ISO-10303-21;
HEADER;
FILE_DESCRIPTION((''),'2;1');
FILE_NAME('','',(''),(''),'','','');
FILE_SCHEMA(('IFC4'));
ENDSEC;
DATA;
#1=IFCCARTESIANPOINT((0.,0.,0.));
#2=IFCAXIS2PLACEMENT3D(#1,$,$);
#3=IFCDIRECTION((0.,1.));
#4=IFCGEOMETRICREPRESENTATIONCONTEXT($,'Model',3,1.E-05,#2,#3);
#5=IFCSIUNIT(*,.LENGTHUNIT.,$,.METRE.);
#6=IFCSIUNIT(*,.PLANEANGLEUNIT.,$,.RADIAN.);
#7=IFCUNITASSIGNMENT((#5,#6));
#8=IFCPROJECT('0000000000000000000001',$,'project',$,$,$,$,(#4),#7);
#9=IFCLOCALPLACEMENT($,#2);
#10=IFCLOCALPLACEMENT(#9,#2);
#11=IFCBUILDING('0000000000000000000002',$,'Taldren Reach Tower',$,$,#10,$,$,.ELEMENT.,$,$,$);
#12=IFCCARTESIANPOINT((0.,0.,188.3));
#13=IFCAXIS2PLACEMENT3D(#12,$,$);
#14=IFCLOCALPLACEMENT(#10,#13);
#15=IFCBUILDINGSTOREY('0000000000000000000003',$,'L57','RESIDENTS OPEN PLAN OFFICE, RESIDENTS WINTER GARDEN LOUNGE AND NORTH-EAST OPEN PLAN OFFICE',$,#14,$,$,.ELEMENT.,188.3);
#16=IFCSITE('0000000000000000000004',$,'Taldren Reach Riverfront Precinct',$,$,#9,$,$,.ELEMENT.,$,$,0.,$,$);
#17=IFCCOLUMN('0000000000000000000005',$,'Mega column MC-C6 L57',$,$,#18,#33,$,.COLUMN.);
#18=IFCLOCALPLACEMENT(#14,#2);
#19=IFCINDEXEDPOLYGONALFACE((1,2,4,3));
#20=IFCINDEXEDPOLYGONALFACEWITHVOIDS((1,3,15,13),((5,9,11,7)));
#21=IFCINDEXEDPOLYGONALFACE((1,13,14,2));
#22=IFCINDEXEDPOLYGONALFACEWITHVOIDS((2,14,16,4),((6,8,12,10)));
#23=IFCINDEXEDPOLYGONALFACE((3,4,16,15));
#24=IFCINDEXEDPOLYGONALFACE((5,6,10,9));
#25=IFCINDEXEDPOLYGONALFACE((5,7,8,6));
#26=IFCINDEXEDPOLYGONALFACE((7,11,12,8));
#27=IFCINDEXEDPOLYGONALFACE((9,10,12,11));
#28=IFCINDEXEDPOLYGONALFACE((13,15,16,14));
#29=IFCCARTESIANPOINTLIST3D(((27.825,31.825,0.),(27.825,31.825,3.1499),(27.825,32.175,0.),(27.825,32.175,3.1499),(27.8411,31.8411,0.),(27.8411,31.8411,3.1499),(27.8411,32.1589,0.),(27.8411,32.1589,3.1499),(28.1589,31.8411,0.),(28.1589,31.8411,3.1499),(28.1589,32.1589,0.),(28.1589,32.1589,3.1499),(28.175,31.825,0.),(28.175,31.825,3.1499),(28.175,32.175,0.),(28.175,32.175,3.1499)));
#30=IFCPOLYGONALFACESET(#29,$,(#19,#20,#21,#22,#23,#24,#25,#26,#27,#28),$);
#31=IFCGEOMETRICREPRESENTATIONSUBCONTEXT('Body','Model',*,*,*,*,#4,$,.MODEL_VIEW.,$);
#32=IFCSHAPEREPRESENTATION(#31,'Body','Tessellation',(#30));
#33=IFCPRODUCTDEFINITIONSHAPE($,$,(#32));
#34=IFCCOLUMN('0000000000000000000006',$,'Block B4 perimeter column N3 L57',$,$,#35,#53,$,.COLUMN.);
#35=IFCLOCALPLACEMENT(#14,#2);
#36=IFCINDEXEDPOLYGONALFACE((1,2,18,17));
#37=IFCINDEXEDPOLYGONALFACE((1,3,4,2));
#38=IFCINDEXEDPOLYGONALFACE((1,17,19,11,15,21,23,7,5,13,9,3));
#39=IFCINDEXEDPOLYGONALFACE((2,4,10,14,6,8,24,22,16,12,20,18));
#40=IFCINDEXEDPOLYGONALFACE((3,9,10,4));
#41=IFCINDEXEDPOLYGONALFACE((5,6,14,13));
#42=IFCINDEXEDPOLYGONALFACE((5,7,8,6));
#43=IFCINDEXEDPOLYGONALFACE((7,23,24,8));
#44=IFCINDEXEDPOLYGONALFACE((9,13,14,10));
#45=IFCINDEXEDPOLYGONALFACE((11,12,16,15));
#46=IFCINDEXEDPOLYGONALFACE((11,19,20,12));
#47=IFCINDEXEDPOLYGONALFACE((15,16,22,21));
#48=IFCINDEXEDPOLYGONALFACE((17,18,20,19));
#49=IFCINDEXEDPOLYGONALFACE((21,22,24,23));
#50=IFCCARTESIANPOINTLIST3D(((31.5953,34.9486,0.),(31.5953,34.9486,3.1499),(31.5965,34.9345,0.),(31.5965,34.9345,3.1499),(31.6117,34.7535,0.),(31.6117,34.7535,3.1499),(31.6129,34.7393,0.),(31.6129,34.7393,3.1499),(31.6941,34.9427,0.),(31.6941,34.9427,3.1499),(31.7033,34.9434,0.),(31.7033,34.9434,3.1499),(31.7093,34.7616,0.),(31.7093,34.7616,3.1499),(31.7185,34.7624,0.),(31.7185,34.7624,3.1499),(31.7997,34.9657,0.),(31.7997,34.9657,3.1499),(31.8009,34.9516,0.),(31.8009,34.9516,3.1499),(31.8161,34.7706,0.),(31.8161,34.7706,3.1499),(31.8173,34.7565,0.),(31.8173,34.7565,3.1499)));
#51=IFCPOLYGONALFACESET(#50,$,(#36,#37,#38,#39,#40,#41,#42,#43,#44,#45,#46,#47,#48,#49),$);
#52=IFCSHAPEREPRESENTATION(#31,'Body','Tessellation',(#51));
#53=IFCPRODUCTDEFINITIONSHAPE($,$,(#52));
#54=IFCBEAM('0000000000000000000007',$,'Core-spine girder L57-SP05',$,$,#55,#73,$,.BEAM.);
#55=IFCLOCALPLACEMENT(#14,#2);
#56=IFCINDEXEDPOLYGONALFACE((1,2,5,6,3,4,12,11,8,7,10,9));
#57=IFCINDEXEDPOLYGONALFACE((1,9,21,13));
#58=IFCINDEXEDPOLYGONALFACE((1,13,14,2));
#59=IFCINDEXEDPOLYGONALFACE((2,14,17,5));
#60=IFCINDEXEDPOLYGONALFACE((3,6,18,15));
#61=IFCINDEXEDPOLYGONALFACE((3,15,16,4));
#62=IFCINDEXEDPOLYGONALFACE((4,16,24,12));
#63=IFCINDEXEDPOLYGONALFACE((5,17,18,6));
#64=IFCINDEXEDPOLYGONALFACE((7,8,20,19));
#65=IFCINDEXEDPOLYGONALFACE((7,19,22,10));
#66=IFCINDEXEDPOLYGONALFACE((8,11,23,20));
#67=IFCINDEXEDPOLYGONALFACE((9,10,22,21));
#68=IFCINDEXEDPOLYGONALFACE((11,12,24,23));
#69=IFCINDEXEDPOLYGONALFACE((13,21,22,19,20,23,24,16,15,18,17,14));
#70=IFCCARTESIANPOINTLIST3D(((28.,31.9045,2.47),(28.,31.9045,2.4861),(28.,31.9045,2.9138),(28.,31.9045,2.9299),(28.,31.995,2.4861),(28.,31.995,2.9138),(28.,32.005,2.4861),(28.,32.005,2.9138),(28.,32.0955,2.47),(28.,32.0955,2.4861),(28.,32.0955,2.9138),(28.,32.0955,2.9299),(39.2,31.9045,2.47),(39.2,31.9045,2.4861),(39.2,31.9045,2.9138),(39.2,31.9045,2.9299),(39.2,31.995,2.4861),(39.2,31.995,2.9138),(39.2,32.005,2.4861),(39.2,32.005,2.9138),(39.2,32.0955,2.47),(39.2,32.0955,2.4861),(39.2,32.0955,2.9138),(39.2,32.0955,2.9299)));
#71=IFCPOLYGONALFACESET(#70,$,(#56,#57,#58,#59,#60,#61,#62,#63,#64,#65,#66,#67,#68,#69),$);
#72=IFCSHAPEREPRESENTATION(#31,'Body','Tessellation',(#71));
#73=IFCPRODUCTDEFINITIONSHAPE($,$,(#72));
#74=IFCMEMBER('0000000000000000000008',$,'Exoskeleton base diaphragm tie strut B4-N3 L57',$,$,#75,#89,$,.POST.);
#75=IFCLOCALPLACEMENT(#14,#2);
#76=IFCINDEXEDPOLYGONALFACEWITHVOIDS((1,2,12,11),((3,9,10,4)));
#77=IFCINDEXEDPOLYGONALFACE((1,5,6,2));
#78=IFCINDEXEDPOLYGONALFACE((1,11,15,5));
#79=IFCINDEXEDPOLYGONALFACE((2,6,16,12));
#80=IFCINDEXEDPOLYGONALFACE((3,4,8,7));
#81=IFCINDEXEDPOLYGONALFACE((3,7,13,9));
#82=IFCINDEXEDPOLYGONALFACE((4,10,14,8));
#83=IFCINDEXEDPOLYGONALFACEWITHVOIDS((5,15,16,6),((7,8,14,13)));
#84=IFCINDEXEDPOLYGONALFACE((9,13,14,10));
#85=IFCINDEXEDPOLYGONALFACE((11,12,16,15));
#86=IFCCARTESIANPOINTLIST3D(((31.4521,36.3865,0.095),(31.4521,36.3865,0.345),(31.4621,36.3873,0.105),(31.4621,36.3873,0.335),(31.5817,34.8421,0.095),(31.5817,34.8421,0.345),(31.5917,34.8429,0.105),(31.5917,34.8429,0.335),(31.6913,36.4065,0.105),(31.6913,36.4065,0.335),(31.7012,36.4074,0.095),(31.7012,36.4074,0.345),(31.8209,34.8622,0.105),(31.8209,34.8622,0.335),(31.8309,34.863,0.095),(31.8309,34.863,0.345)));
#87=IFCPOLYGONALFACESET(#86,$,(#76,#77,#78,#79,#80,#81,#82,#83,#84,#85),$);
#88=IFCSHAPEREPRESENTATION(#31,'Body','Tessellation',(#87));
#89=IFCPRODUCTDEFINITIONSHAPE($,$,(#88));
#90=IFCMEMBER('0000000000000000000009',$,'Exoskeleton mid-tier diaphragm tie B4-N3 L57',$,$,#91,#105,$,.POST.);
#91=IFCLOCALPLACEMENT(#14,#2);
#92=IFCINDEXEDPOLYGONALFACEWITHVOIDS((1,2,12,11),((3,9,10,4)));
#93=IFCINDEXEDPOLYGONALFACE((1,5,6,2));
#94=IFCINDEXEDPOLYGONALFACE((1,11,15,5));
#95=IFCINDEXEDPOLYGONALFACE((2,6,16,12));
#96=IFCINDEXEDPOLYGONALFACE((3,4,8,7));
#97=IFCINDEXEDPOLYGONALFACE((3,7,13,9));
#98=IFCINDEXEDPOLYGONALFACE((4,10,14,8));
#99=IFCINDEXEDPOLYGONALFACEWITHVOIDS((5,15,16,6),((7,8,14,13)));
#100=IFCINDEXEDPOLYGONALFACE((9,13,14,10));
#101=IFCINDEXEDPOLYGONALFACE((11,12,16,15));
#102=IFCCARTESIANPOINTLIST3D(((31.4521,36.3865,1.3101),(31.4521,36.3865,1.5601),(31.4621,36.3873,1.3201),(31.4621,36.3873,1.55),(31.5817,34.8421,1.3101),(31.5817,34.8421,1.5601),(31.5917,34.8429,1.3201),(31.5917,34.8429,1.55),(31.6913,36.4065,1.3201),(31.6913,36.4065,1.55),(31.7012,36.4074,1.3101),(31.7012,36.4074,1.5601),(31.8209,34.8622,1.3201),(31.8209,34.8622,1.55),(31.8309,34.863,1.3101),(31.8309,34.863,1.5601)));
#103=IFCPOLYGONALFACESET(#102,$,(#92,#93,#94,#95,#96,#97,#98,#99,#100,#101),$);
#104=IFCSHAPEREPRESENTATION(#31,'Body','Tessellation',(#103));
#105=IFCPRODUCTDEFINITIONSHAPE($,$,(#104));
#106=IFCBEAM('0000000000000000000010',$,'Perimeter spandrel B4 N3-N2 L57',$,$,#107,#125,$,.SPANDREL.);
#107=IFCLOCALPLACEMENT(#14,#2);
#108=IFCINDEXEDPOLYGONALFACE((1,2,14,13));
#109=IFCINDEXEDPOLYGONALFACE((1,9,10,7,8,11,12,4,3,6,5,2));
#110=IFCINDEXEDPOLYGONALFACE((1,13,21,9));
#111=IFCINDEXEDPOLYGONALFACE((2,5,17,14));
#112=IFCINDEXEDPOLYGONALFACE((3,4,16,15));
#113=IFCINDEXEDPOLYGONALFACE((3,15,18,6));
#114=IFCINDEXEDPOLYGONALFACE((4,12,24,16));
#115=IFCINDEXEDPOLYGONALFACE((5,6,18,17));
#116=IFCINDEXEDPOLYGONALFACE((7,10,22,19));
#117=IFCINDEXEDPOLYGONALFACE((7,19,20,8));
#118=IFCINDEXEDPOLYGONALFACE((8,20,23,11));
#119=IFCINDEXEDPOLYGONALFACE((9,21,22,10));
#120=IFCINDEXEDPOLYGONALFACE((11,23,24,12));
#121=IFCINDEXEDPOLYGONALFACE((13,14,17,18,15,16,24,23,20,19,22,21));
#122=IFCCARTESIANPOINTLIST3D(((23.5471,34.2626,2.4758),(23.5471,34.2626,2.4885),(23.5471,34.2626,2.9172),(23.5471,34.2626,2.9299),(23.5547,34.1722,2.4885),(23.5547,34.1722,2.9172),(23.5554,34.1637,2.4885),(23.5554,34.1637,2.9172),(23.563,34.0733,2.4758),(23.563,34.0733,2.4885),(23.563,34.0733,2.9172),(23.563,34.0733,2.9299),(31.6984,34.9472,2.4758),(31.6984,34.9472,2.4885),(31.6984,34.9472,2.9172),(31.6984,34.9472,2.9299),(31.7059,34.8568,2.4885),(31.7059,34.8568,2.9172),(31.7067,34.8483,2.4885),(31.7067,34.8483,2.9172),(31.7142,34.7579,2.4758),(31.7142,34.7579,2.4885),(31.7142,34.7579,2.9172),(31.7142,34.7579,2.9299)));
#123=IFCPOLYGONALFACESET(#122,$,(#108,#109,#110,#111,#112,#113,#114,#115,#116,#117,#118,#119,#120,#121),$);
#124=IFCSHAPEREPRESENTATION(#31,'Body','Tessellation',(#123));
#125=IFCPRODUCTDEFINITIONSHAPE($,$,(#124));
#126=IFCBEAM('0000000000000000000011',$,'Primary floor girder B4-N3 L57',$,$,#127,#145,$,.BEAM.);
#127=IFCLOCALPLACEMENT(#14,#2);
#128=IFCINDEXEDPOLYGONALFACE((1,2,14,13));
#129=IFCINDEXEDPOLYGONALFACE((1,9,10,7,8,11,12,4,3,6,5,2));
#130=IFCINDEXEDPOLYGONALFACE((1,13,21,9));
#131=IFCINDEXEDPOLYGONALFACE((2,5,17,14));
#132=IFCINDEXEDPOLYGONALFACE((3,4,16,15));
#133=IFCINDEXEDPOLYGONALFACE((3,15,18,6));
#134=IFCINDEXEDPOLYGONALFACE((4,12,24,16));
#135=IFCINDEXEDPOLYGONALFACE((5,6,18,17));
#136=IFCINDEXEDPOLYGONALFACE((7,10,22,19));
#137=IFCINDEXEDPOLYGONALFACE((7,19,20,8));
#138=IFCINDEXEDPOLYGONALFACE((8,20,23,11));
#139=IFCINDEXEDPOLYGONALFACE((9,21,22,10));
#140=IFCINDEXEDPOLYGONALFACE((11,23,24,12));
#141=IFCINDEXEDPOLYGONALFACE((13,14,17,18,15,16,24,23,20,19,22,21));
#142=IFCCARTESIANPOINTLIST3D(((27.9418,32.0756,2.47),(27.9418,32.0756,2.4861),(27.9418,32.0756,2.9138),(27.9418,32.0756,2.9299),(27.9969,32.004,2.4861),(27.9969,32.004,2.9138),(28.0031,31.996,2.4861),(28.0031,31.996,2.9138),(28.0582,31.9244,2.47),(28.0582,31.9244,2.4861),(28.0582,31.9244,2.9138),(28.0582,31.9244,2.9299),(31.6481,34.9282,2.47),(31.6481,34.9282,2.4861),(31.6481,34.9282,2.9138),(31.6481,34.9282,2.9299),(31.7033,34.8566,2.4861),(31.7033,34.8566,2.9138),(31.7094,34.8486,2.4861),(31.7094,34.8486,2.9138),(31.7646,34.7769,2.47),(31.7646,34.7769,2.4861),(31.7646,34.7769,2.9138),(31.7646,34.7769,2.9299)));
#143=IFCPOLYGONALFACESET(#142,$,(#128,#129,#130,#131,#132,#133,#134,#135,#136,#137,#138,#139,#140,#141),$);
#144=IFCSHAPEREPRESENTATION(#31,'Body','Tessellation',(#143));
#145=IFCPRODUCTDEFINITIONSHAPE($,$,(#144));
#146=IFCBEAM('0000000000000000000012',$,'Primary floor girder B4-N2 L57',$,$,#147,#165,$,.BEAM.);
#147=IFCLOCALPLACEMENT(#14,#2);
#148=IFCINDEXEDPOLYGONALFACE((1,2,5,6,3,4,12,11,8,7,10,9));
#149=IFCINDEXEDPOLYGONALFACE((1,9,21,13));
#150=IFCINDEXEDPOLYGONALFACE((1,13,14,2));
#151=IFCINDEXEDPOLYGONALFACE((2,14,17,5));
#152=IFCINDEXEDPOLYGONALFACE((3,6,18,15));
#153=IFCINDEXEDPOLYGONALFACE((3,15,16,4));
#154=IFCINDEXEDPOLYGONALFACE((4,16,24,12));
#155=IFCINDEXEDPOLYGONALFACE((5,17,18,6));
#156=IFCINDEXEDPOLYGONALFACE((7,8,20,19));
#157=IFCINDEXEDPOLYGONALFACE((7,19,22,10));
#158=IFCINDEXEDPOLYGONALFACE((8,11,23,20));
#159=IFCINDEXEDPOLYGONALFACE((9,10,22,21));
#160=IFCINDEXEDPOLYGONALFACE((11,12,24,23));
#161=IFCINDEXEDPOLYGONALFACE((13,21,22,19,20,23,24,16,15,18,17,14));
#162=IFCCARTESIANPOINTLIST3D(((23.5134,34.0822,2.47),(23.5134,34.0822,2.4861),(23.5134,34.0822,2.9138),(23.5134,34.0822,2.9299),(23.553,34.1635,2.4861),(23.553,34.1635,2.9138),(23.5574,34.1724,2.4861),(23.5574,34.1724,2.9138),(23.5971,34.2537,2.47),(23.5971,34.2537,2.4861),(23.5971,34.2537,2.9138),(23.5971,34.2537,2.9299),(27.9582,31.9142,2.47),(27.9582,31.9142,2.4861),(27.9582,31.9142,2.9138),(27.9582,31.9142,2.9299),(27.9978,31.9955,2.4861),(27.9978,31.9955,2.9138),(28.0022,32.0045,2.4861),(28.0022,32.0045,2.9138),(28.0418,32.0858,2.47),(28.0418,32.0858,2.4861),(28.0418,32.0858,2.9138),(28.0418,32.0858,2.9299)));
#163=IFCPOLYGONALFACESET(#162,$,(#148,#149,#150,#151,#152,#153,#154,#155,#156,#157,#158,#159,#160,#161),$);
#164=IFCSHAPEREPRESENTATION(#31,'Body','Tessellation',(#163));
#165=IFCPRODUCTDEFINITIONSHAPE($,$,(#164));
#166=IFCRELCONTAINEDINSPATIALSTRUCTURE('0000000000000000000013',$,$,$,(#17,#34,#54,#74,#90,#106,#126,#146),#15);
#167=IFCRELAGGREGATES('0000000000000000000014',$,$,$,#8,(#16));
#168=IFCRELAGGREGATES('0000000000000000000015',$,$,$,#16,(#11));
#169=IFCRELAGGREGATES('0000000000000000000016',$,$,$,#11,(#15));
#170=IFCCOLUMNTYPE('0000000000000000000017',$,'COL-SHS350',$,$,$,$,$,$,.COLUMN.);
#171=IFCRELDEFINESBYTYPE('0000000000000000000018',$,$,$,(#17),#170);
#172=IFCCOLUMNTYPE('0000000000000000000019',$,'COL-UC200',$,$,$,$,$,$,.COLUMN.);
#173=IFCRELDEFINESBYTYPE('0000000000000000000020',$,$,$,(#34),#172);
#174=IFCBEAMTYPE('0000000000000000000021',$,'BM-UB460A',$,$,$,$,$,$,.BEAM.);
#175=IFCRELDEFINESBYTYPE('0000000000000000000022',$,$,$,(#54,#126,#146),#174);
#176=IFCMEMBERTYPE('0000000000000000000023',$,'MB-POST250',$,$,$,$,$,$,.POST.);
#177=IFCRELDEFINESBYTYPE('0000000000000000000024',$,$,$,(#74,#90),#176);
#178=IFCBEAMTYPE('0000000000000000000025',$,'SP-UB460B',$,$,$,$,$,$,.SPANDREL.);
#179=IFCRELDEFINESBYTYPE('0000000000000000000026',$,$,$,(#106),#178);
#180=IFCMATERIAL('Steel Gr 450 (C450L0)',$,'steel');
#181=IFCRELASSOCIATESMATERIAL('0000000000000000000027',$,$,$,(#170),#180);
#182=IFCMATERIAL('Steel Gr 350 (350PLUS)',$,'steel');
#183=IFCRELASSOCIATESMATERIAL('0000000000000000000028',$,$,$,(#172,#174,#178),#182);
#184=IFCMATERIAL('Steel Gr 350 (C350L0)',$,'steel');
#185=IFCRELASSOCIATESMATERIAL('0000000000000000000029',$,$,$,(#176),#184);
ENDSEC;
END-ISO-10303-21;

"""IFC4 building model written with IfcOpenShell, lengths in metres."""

from ifc_helpers import new_model, si_unit, direction, frame, origin, origin_2d, place, context, subcontext, project, spatial, hollow_rectangle, i_section, extrude, source, transform, mapped, material, material_profile, profile_set, type_object, element, save


model = new_model("IFC4")

# Units and contexts
model_context = context("Model", 3, precision=1e-05, world=origin(), true_north=direction((0.0, 1.0)))
body_context = subcontext(model_context, "Body", "Model", "MODEL_VIEW")
ifc_project = project(units=[si_unit("LENGTHUNIT", "METRE"), si_unit("PLANEANGLEUNIT", "RADIAN")], contexts=[model_context])

# Site, building, storey
site_placement = place(None, origin())
site = spatial("IfcSite", under=ifc_project, at=site_placement, Name="Taldren Reach Riverfront Precinct", CompositionType="ELEMENT", RefElevation=0.0)
building_placement = place(site_placement, origin())
building = spatial("IfcBuilding", under=site, at=building_placement, Name="Taldren Reach Tower", CompositionType="ELEMENT")
storey_placement = place(building_placement, frame((0.0, 0.0, 188.3)))
storey = spatial("IfcBuildingStorey", under=building, at=storey_placement, Name="L57", Description="RESIDENTS OPEN PLAN OFFICE, RESIDENTS WINTER GARDEN LOUNGE AND NORTH-EAST OPEN PLAN OFFICE", CompositionType="ELEMENT", Elevation=188.3)

# Columns
ifc_material_1 = material(Name="Steel Gr 450 (C450L0)", Category="steel")
ifc_material_profile_1 = material_profile(ifc_material_1, hollow_rectangle(XDim=0.3501, YDim=0.3501, WallThickness=0.0161, at=origin_2d()), Name="350x350x16.0SHS")
ifc_profile_set_1 = profile_set([ifc_material_profile_1], Name="Steel Gr 450 (C450L0)")
column_type_1 = type_object("IfcColumnType", Name="COL-SHS350", PredefinedType="COLUMN", material=ifc_profile_set_1)
shared_shape_1 = source(origin(), body_context, "Body", "SweptSolid", [
    extrude(hollow_rectangle(XDim=0.3501, YDim=0.3501, WallThickness=0.0161, at=origin_2d()), origin(), (0.0, 0.0, 1.0), 3.1499),
])
column_1_placement = place(storey_placement, frame((28.0, 32.0, 0.0), z_axis=(0.0, 0.0, 1.0), x_axis=(1.0, 0.0, 0.0)))
element("IfcColumn", 1, at=column_1_placement, inside=storey, type_object=column_type_1, Name="Mega column MC-C6 L57", PredefinedType="COLUMN", context=body_context, shape_type="MappedRepresentation", body=[
    mapped(shared_shape_1, transform((0.0, 0.0, 0.0), scale=1.0)),
])
ifc_material_2 = material(Name="Steel Gr 350 (350PLUS)", Category="steel")
ifc_material_profile_2 = material_profile(ifc_material_2, i_section(OverallWidth=0.2051, OverallDepth=0.21, WebThickness=0.0093, FlangeThickness=0.0142, at=origin_2d()), Name="200UC59.5")
ifc_profile_set_2 = profile_set([ifc_material_profile_2], Name="Steel Gr 350 (350PLUS)")
column_type_2 = type_object("IfcColumnType", Name="COL-UC200", PredefinedType="COLUMN", material=ifc_profile_set_2)
shared_shape_2 = source(origin(), body_context, "Body", "SweptSolid", [
    extrude(i_section(OverallWidth=0.2051, OverallDepth=0.21, WebThickness=0.0093, FlangeThickness=0.0142, at=origin_2d()), origin(), (0.0, 0.0, 1.0), 3.1499),
])
column_2_placement = place(storey_placement, frame((31.7063, 34.8525, 0.0), z_axis=(0.0, 0.0, 1.0), x_axis=(0.996493, 0.083678, 0.0)))
element("IfcColumn", 2, at=column_2_placement, inside=storey, type_object=column_type_2, Name="Block B4 perimeter column N3 L57", PredefinedType="COLUMN", context=body_context, shape_type="MappedRepresentation", body=[
    mapped(shared_shape_2, transform((0.0, 0.0, 0.0), scale=1.0)),
])

# Beam
ifc_material_profile_3 = material_profile(ifc_material_2, i_section(OverallWidth=0.1909, OverallDepth=0.46, WebThickness=0.01, FlangeThickness=0.0161, at=origin_2d()), Name="460UB82.1")
ifc_profile_set_3 = profile_set([ifc_material_profile_3], Name="Steel Gr 350 (350PLUS)")
beam_type_1 = type_object("IfcBeamType", Name="BM-UB460A", PredefinedType="BEAM", material=ifc_profile_set_3)
shared_shape_3 = source(origin(), body_context, "Body", "SweptSolid", [
    extrude(i_section(OverallWidth=0.1909, OverallDepth=0.46, WebThickness=0.01, FlangeThickness=0.0161, at=origin_2d()), origin(), (0.0, 0.0, 1.0), 11.2),
])
beam_1_placement = place(storey_placement, frame((28.0, 32.0, 2.7), z_axis=(1.0, 0.0, 0.0), x_axis=(0.0, 1.0, 0.0)))
element("IfcBeam", 3, at=beam_1_placement, inside=storey, type_object=beam_type_1, Name="Core-spine girder L57-SP05", PredefinedType="BEAM", context=body_context, shape_type="MappedRepresentation", body=[
    mapped(shared_shape_3, transform((0.0, 0.0, 0.0), scale=1.0)),
])

# Members
ifc_material_3 = material(Name="Steel Gr 350 (C350L0)", Category="steel")
ifc_material_profile_4 = material_profile(ifc_material_3, hollow_rectangle(XDim=0.25, YDim=0.25, WallThickness=0.01, at=origin_2d()), Name="250x250x10.0SHS")
ifc_profile_set_4 = profile_set([ifc_material_profile_4], Name="Steel Gr 350 (C350L0)")
member_type_1 = type_object("IfcMemberType", Name="MB-POST250", PredefinedType="POST", material=ifc_profile_set_4)
shared_shape_4 = source(origin(), body_context, "Body", "SweptSolid", [
    extrude(hollow_rectangle(XDim=0.25, YDim=0.25, WallThickness=0.01, at=origin_2d()), origin(), (0.0, 0.0, 1.0), 1.5498),
])
for number, where, z_axis, x_axis, name in (
    (4, (31.7063, 34.8525, 0.22), (-0.083645, 0.996496, 0.0), (-0.996496, -0.083645, 0.0), "Exoskeleton base diaphragm tie strut B4-N3 L57"),
    (5, (31.7063, 34.8525, 1.4351), (-0.083645, 0.996496, 0.0), (-0.996496, -0.083645, 0.0), "Exoskeleton mid-tier diaphragm tie B4-N3 L57"),
):
    element("IfcMember", number, at=place(storey_placement, frame(where, z_axis=z_axis, x_axis=x_axis)), inside=storey, type_object=member_type_1, Name=name, PredefinedType="POST", context=body_context, shape_type="MappedRepresentation", body=[
        mapped(shared_shape_4, transform((0.0, 0.0, 0.0), scale=1.0)),
    ])

# Beams
ifc_material_profile_5 = material_profile(ifc_material_2, i_section(OverallWidth=0.1899, OverallDepth=0.4541, WebThickness=0.0085, FlangeThickness=0.0127, at=origin_2d()), Name="460UB67.1")
ifc_profile_set_5 = profile_set([ifc_material_profile_5], Name="Steel Gr 350 (350PLUS)")
beam_type_2 = type_object("IfcBeamType", Name="SP-UB460B", PredefinedType="SPANDREL", material=ifc_profile_set_5)
shared_shape_5 = source(origin(), body_context, "Body", "SweptSolid", [
    extrude(i_section(OverallWidth=0.1899, OverallDepth=0.4541, WebThickness=0.0085, FlangeThickness=0.0127, at=origin_2d()), origin(), (0.0, 0.0, 1.0), 8.1799),
])
beam_2_placement = place(storey_placement, frame((31.7063, 34.8525, 2.7029), z_axis=(-0.996492, -0.08369, 0.0), x_axis=(0.08369, -0.996492, 0.0)))
element("IfcBeam", 6, at=beam_2_placement, inside=storey, type_object=beam_type_2, Name="Perimeter spandrel B4 N3-N2 L57", PredefinedType="SPANDREL", context=body_context, shape_type="MappedRepresentation", body=[
    mapped(shared_shape_5, transform((0.0, 0.0, 0.0), scale=1.0)),
])
shared_shape_6 = source(origin(), body_context, "Body", "SweptSolid", [
    extrude(i_section(OverallWidth=0.1909, OverallDepth=0.46, WebThickness=0.01, FlangeThickness=0.0161, at=origin_2d()), origin(), (0.0, 0.0, 1.0), 4.677),
])
beam_3_placement = place(storey_placement, frame((28.0, 32.0, 2.7), z_axis=(0.792465, 0.609918, 0.0), x_axis=(-0.609918, 0.792465, 0.0)))
element("IfcBeam", 7, at=beam_3_placement, inside=storey, type_object=beam_type_1, Name="Primary floor girder B4-N3 L57", PredefinedType="BEAM", context=body_context, shape_type="MappedRepresentation", body=[
    mapped(shared_shape_6, transform((0.0, 0.0, 0.0), scale=1.0)),
])
shared_shape_7 = source(origin(), body_context, "Body", "SweptSolid", [
    extrude(i_section(OverallWidth=0.1909, OverallDepth=0.46, WebThickness=0.01, FlangeThickness=0.0161, at=origin_2d()), origin(), (0.0, 0.0, 1.0), 4.9453),
])
beam_4_placement = place(storey_placement, frame((28.0, 32.0, 2.7), z_axis=(-0.898787, 0.438385, 0.0), x_axis=(-0.438385, -0.898787, 0.0)))
element("IfcBeam", 8, at=beam_4_placement, inside=storey, type_object=beam_type_1, Name="Primary floor girder B4-N2 L57", PredefinedType="BEAM", context=body_context, shape_type="MappedRepresentation", body=[
    mapped(shared_shape_7, transform((0.0, 0.0, 0.0), scale=1.0)),
])

save(model, "model.ifc")
